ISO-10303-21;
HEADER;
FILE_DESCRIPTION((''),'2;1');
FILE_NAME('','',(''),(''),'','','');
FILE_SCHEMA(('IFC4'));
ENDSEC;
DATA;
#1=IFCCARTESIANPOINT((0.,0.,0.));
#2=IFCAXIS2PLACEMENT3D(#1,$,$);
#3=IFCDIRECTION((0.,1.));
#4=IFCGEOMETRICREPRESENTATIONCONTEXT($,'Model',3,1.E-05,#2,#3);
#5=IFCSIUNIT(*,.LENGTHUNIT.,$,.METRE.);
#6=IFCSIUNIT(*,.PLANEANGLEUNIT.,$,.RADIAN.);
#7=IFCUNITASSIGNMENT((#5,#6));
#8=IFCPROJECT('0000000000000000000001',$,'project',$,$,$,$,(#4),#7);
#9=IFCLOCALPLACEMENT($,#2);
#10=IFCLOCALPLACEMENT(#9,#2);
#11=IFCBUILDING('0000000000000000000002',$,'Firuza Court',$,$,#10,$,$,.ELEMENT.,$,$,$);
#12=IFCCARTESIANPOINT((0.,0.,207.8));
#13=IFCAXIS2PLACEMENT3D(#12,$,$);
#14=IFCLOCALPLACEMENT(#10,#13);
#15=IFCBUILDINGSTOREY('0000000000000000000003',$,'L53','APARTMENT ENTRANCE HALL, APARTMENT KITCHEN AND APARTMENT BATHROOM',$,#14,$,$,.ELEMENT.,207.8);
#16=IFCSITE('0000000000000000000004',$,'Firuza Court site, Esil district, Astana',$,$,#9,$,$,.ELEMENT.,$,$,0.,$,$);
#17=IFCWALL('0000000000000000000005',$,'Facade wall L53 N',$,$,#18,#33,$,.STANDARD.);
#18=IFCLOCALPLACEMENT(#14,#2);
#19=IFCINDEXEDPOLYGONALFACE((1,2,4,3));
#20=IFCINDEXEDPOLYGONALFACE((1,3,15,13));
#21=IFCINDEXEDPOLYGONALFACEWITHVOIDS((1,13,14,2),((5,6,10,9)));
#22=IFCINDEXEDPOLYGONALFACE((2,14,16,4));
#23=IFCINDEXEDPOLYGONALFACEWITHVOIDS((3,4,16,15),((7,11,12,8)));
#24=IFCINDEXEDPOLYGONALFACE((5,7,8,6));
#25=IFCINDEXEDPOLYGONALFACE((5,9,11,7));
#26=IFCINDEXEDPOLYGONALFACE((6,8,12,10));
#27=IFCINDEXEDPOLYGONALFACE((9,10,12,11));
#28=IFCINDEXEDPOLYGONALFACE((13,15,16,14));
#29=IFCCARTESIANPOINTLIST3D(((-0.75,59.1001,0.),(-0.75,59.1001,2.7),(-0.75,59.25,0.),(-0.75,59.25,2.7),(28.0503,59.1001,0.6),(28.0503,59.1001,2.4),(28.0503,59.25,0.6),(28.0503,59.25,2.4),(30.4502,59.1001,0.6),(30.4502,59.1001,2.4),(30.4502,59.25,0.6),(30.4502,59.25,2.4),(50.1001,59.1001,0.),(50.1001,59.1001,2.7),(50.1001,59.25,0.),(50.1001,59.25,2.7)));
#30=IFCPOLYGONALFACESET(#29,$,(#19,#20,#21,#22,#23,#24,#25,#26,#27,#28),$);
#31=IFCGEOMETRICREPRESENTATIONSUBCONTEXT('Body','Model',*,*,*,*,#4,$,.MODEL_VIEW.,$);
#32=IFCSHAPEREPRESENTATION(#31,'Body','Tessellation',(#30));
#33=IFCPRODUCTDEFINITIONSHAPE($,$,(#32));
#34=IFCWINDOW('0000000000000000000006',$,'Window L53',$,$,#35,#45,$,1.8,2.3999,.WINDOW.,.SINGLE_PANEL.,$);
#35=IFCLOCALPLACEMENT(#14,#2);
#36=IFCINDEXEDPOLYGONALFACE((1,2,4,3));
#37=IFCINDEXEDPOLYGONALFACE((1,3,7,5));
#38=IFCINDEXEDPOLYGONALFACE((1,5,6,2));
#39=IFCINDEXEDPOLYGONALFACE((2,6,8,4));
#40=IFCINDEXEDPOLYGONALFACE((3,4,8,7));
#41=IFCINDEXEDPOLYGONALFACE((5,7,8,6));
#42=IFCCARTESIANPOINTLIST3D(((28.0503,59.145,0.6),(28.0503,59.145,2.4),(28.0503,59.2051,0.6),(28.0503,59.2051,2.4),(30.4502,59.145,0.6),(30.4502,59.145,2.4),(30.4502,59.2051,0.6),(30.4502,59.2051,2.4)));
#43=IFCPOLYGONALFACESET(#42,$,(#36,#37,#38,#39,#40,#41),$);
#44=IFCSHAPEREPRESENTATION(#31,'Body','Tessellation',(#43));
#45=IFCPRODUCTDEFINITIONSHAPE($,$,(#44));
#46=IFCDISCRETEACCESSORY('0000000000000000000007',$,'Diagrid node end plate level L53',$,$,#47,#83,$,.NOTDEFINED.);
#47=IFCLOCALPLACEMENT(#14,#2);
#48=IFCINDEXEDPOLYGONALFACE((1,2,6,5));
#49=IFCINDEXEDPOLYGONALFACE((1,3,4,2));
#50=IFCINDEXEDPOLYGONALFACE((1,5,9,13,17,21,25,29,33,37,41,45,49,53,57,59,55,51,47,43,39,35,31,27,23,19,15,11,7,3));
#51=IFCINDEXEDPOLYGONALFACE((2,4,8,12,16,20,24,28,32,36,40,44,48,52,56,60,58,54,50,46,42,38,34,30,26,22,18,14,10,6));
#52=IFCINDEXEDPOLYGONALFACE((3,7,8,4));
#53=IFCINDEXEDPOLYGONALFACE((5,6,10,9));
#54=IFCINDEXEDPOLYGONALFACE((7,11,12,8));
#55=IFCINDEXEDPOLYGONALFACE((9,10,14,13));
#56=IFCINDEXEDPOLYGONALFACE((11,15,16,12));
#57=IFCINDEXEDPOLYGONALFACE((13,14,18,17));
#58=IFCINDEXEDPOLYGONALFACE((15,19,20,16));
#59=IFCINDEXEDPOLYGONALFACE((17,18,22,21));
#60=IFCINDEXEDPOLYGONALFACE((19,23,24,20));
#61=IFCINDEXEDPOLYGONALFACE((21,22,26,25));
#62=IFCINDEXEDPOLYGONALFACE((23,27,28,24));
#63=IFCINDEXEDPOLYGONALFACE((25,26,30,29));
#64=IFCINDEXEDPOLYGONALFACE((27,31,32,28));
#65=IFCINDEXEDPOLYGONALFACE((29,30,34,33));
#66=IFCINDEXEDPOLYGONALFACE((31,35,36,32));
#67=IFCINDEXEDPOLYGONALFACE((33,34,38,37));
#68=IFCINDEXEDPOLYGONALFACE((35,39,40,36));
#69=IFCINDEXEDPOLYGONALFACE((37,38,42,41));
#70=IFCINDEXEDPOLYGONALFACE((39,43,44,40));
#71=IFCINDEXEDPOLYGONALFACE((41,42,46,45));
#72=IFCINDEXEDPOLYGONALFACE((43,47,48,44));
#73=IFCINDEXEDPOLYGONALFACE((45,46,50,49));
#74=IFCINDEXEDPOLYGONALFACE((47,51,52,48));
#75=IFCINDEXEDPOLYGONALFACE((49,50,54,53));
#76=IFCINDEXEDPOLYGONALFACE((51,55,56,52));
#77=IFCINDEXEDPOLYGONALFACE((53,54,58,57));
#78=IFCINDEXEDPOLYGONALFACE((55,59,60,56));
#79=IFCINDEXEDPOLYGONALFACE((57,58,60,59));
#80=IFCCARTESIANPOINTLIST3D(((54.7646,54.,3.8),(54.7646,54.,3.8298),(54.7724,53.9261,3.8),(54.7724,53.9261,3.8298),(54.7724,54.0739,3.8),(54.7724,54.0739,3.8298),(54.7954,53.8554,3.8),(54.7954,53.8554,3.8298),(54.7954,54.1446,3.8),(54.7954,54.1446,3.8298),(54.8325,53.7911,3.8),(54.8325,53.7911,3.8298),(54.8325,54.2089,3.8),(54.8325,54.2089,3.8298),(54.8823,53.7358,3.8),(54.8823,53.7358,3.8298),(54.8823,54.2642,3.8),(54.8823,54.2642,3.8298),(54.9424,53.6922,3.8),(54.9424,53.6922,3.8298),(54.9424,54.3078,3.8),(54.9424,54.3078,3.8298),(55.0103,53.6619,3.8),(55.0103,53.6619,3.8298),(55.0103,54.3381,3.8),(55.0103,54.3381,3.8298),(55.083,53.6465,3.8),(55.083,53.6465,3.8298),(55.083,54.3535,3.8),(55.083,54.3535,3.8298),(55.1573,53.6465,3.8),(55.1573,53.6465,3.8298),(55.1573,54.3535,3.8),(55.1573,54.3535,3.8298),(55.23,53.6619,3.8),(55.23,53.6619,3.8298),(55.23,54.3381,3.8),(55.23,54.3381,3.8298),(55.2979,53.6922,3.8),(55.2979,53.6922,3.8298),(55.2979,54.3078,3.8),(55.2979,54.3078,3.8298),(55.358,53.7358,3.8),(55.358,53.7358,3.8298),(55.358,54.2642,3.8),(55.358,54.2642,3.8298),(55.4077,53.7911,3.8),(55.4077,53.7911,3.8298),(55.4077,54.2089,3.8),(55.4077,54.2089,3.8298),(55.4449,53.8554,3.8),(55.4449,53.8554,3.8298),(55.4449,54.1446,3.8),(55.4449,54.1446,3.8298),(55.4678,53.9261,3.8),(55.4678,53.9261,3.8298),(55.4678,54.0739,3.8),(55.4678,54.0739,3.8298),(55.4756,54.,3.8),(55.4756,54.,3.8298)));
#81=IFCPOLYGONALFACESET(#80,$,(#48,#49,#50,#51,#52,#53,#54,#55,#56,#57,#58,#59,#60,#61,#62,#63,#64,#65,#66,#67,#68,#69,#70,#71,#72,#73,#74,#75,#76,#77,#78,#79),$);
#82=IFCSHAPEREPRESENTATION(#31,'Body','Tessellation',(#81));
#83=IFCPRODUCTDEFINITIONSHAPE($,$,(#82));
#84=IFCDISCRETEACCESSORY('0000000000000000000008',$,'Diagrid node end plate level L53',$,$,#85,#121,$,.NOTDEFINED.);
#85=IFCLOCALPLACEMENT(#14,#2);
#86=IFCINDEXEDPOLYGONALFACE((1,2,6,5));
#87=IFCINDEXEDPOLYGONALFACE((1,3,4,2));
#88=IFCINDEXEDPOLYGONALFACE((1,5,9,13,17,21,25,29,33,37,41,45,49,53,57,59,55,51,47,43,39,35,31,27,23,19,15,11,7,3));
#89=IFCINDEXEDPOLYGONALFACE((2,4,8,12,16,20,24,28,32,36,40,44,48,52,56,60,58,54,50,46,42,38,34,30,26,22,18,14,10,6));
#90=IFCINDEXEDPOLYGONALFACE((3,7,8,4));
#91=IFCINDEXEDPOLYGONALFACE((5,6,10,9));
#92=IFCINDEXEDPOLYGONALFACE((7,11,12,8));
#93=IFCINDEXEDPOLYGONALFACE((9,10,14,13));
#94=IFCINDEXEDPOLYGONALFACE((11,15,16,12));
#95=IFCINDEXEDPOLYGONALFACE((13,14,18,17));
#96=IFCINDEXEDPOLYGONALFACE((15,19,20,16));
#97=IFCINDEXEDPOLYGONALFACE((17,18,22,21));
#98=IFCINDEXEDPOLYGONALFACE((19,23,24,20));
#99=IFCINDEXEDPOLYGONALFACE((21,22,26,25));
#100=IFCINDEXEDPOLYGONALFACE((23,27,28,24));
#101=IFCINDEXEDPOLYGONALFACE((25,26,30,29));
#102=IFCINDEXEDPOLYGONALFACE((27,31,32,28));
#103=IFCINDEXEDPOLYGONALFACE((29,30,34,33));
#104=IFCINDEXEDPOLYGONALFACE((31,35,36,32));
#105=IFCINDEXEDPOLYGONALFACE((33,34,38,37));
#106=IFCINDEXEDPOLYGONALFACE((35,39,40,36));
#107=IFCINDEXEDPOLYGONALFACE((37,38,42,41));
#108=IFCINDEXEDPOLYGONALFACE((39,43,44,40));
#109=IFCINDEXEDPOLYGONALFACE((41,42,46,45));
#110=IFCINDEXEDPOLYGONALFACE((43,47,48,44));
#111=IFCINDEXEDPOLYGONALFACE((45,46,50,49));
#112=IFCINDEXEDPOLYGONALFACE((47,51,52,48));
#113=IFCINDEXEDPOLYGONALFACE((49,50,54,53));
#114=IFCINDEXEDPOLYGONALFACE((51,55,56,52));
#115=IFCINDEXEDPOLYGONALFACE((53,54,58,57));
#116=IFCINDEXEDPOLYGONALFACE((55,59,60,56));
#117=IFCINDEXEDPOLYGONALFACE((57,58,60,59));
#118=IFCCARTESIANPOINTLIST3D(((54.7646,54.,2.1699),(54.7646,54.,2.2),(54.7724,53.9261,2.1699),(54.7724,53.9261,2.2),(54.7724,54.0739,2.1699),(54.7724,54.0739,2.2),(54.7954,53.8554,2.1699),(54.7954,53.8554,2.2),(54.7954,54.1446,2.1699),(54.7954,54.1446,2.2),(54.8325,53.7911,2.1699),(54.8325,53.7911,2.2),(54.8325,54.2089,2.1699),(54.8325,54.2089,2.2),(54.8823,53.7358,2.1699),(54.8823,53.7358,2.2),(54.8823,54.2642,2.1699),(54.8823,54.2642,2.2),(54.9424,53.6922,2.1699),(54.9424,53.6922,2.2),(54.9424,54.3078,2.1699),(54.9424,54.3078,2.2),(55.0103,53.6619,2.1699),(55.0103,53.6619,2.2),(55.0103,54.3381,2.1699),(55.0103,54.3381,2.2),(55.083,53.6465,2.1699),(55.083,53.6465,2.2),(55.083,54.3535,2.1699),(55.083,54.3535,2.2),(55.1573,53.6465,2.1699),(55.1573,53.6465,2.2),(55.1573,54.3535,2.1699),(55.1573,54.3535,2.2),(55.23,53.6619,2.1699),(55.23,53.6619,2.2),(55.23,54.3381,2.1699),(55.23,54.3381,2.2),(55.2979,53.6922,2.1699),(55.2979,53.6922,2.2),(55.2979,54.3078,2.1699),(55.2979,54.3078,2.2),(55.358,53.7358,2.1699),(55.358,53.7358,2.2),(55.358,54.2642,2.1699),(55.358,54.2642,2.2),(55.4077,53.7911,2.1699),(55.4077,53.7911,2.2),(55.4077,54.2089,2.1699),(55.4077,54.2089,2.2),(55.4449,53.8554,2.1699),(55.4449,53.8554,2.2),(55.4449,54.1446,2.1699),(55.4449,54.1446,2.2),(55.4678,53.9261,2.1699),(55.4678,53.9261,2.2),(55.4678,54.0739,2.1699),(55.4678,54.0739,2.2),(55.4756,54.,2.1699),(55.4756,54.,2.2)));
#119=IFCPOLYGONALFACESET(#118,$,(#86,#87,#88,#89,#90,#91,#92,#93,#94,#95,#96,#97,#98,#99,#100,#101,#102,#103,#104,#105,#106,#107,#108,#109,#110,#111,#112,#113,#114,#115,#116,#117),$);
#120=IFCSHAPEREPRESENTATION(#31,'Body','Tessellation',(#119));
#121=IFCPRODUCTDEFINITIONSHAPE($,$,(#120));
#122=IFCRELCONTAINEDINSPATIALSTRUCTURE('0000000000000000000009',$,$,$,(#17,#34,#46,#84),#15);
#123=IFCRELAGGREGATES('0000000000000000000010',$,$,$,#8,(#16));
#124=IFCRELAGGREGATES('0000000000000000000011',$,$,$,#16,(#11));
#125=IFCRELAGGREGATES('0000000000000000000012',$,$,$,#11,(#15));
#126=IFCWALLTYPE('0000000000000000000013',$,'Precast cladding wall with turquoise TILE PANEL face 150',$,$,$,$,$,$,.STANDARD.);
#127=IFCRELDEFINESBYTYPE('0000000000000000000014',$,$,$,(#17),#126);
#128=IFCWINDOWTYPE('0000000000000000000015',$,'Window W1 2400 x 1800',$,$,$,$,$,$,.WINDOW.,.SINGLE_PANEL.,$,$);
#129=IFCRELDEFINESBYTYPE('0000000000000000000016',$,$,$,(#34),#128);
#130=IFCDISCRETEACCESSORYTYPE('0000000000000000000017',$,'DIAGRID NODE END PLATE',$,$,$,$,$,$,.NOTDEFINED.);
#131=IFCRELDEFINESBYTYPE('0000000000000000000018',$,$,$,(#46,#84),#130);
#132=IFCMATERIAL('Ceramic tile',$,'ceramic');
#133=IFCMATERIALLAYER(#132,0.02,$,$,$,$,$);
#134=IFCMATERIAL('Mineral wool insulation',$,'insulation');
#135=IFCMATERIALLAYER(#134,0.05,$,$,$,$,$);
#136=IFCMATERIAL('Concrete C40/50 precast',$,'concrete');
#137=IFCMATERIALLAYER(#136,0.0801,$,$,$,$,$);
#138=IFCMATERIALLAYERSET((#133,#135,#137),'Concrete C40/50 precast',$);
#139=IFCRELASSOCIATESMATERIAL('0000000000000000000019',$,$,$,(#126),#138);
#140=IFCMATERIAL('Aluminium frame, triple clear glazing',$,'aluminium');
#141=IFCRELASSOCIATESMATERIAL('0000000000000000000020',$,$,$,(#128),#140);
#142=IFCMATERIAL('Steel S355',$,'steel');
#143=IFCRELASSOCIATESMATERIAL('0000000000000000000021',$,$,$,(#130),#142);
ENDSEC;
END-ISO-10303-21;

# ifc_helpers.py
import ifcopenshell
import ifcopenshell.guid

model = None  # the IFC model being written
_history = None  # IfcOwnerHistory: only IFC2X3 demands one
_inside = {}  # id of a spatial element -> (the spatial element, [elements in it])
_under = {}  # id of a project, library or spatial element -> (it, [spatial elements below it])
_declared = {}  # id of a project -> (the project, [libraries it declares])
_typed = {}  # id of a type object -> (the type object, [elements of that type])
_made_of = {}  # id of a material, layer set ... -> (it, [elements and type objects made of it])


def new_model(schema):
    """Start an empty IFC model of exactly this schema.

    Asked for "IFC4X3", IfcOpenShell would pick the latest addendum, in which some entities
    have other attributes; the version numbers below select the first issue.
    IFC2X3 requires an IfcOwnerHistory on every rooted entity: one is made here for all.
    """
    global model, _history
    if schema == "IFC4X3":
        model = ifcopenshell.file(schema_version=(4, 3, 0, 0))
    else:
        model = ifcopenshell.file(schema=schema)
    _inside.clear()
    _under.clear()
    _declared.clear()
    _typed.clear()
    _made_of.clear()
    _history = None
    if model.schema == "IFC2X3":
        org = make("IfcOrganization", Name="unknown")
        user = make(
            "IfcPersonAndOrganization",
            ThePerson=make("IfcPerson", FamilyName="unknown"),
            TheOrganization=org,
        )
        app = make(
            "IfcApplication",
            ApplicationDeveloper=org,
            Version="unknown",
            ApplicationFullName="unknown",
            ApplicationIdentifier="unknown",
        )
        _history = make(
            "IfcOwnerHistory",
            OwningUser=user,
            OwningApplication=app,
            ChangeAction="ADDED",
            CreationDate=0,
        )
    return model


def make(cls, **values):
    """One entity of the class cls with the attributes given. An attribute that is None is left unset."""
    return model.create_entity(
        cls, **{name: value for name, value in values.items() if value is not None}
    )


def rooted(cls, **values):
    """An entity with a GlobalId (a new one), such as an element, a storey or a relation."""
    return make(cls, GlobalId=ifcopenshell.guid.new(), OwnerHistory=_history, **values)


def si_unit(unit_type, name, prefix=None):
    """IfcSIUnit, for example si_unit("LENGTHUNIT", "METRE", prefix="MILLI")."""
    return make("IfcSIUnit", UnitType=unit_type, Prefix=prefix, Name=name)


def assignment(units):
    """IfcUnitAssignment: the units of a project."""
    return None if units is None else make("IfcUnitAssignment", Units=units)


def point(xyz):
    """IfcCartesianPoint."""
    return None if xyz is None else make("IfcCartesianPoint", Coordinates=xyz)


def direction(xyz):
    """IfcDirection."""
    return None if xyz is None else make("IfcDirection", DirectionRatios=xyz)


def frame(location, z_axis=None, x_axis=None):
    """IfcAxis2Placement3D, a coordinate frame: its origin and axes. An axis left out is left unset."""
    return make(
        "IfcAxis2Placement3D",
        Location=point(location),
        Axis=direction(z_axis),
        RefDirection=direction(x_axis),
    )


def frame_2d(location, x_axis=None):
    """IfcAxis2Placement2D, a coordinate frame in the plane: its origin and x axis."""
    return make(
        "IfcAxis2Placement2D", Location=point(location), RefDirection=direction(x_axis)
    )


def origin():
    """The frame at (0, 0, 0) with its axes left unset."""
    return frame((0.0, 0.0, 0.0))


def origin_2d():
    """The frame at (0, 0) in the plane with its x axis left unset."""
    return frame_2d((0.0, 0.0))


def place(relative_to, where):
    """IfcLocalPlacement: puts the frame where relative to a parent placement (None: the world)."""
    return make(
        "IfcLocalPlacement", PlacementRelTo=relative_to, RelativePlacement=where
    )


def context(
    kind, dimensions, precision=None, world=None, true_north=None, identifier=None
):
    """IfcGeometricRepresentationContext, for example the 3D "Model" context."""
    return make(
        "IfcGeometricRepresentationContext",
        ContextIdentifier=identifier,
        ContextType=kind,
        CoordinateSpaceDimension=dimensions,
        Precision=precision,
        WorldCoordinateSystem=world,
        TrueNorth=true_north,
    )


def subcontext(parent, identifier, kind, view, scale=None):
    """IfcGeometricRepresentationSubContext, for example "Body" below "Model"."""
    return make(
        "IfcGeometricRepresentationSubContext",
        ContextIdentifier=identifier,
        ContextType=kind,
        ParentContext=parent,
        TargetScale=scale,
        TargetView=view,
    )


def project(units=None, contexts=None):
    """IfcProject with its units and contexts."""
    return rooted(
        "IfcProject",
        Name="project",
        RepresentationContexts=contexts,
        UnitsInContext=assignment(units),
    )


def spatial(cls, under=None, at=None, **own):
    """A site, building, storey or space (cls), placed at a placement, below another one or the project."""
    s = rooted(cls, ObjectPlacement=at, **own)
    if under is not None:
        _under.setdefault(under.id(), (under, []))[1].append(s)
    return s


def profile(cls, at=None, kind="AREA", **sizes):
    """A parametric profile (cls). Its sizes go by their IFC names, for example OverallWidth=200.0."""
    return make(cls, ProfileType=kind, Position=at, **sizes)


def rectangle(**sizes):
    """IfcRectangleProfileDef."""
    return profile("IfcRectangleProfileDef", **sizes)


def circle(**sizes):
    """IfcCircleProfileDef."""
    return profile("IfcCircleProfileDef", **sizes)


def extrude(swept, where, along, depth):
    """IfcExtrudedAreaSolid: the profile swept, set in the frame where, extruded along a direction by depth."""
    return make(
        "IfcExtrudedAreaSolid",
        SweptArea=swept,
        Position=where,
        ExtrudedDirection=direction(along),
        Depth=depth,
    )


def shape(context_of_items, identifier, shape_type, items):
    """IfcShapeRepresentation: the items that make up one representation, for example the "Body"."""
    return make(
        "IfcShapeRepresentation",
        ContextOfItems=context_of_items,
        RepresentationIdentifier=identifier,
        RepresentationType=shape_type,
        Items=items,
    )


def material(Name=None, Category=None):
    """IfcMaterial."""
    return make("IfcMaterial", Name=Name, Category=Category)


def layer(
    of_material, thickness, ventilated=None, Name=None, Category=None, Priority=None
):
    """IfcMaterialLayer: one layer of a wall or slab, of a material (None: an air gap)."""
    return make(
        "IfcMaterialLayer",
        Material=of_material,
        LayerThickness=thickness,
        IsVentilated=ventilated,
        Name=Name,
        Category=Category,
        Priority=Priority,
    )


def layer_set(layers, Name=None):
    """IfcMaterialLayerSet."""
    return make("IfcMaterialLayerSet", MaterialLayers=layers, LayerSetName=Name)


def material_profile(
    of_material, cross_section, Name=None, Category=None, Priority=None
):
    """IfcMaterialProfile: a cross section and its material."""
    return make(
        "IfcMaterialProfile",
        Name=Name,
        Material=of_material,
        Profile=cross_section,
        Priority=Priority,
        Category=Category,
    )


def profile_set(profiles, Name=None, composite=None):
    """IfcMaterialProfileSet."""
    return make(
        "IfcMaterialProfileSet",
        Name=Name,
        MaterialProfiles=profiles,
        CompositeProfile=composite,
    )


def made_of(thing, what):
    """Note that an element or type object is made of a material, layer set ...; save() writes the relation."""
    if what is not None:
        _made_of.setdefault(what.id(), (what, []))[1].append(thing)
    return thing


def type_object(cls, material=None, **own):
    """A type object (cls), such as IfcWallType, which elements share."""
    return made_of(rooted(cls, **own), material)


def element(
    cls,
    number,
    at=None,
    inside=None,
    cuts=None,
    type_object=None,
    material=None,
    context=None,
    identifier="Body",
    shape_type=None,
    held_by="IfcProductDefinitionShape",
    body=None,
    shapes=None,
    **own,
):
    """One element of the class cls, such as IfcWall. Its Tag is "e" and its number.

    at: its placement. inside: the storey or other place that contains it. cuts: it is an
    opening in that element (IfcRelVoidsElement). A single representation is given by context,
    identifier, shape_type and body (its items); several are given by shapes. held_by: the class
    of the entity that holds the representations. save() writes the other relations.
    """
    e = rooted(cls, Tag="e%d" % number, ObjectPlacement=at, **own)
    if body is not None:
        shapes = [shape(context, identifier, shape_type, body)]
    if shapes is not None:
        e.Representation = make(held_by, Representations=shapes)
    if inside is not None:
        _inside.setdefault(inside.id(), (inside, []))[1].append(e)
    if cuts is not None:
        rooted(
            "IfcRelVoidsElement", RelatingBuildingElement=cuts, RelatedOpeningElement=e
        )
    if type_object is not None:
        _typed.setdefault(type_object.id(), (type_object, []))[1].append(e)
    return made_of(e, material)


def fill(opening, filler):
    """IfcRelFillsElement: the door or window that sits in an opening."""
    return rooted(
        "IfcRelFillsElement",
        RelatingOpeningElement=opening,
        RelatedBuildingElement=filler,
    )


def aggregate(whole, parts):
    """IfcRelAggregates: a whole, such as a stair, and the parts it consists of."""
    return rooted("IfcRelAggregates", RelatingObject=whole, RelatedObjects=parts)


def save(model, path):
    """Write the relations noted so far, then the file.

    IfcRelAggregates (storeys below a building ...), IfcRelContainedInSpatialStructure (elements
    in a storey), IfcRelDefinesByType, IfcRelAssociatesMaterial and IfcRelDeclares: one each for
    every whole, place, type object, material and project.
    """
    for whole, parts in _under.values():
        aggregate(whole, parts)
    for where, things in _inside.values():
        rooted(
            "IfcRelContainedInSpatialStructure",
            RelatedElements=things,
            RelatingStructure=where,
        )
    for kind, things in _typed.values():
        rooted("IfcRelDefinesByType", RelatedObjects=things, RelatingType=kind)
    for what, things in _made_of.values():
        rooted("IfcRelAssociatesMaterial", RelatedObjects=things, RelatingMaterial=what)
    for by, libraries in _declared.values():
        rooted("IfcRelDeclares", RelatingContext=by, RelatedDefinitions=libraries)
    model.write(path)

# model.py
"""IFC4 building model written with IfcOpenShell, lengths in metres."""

from ifc_helpers import new_model, si_unit, direction, frame, frame_2d, origin, origin_2d, place, context, subcontext, project, spatial, rectangle, circle, extrude, material, layer, layer_set, material_profile, profile_set, type_object, element, fill, save


model = new_model("IFC4")

# Units and contexts
model_context = context("Model", 3, precision=1e-05, world=origin(), true_north=direction((0.0, 1.0)))
body_context = subcontext(model_context, "Body", "Model", "MODEL_VIEW")
ifc_project = project(units=[si_unit("LENGTHUNIT", "METRE"), si_unit("PLANEANGLEUNIT", "RADIAN")], contexts=[model_context])

# Site, building, storey
site_placement = place(None, origin())
site = spatial("IfcSite", under=ifc_project, at=site_placement, Name="Firuza Court site, Esil district, Astana", CompositionType="ELEMENT", RefElevation=0.0)
building_placement = place(site_placement, origin())
building = spatial("IfcBuilding", under=site, at=building_placement, Name="Firuza Court", CompositionType="ELEMENT")
storey_placement = place(building_placement, frame((0.0, 0.0, 207.8)))
storey = spatial("IfcBuildingStorey", under=building, at=storey_placement, Name="L53", Description="APARTMENT ENTRANCE HALL, APARTMENT KITCHEN AND APARTMENT BATHROOM", CompositionType="ELEMENT", Elevation=207.8)

# Shared definitions
ifc_material_1 = material(Name="Ceramic tile", Category="ceramic")
ifc_layer_1 = layer(ifc_material_1, 0.02)
ifc_material_2 = material(Name="Mineral wool insulation", Category="insulation")
ifc_layer_2 = layer(ifc_material_2, 0.05)
ifc_material_3 = material(Name="Concrete C40/50 precast", Category="concrete")
ifc_layer_3 = layer(ifc_material_3, 0.0801)
ifc_layer_set_1 = layer_set([ifc_layer_1, ifc_layer_2, ifc_layer_3], Name="Concrete C40/50 precast")
wall_type_1 = type_object("IfcWallType", Name="Precast cladding wall with turquoise TILE PANEL face 150", PredefinedType="STANDARD", material=ifc_layer_set_1)

# Wall, opening, window
wall_1_placement = place(storey_placement, frame((50.1001, 59.175, 0.0), z_axis=(0.0, 0.0, 1.0), x_axis=(-1.0, 0.0, 0.0)))
wall_1 = element("IfcWall", 1, at=wall_1_placement, inside=storey, type_object=wall_type_1, Name="Facade wall L53 N", PredefinedType="STANDARD", context=body_context, shape_type="SweptSolid", body=[
    extrude(rectangle(XDim=50.8501, YDim=0.1499, at=frame_2d((25.425, 0.0))), origin(), (0.0, 0.0, 1.0), 2.7),
])
opening_placement = place(wall_1_placement, frame((19.6499, 0.0, 0.6001)))
opening = element("IfcOpeningElement", 2, at=opening_placement, cuts=wall_1, PredefinedType="OPENING", context=body_context, shape_type="SweptSolid", body=[
    extrude(rectangle(XDim=2.3999, YDim=1.8, at=frame_2d((1.2, 0.8999))), frame((0.0, 0.0869, 0.0), z_axis=(0.0, -1.0, 0.0), x_axis=(1.0, 0.0, 0.0)), (0.0, 0.0, 1.0), 0.1738),
])
ifc_material_4 = material(Name="Aluminium frame, triple clear glazing", Category="aluminium")
window_type = type_object("IfcWindowType", Name="Window W1 2400 x 1800", PartitioningType="SINGLE_PANEL", PredefinedType="WINDOW", material=ifc_material_4)
window_placement = place(opening_placement, origin())
window = element("IfcWindow", 3, at=window_placement, inside=storey, type_object=window_type, Name="Window L53", OverallHeight=1.8, OverallWidth=2.3999, PartitioningType="SINGLE_PANEL", PredefinedType="WINDOW", context=body_context, shape_type="SweptSolid", body=[
    extrude(rectangle(XDim=2.3999, YDim=1.8, at=frame_2d((1.2, 0.8999))), frame((0.0, 0.03, 0.0), z_axis=(0.0, -1.0, 0.0), x_axis=(1.0, 0.0, 0.0)), (0.0, 0.0, 1.0), 0.0601),
])
fill(opening, window)

# Discrete accessories
ifc_material_5 = material(Name="Steel S355", Category="steel")
ifc_material_profile_1 = material_profile(ifc_material_5, circle(Radius=0.3555, at=origin_2d()), Name="PL D711")
ifc_profile_set_1 = profile_set([ifc_material_profile_1], Name="Steel S355")
discrete_accessory_type = type_object("IfcDiscreteAccessoryType", Name="DIAGRID NODE END PLATE", PredefinedType="NOTDEFINED", material=ifc_profile_set_1)
discrete_accessory_1_placement = place(storey_placement, frame((55.1201, 54.0, 3.8), z_axis=(0.0, 0.0, 1.0), x_axis=(1.0, 0.0, 0.0)))
element("IfcDiscreteAccessory", 4, at=discrete_accessory_1_placement, inside=storey, type_object=discrete_accessory_type, Name="Diagrid node end plate level L53", PredefinedType="NOTDEFINED", context=body_context, shape_type="SweptSolid", body=[
    extrude(circle(Radius=0.3555, at=origin_2d()), origin(), (0.0, 0.0, 1.0), 0.0298),
])
discrete_accessory_2_placement = place(storey_placement, frame((55.1201, 54.0, 2.1699), z_axis=(0.0, 0.0, 1.0), x_axis=(1.0, 0.0, 0.0)))
element("IfcDiscreteAccessory", 5, at=discrete_accessory_2_placement, inside=storey, type_object=discrete_accessory_type, Name="Diagrid node end plate level L53", PredefinedType="NOTDEFINED", context=body_context, shape_type="SweptSolid", body=[
    extrude(circle(Radius=0.3555, at=origin_2d()), origin(), (0.0, 0.0, 1.0), 0.03),
])

save(model, "model.ifc")
